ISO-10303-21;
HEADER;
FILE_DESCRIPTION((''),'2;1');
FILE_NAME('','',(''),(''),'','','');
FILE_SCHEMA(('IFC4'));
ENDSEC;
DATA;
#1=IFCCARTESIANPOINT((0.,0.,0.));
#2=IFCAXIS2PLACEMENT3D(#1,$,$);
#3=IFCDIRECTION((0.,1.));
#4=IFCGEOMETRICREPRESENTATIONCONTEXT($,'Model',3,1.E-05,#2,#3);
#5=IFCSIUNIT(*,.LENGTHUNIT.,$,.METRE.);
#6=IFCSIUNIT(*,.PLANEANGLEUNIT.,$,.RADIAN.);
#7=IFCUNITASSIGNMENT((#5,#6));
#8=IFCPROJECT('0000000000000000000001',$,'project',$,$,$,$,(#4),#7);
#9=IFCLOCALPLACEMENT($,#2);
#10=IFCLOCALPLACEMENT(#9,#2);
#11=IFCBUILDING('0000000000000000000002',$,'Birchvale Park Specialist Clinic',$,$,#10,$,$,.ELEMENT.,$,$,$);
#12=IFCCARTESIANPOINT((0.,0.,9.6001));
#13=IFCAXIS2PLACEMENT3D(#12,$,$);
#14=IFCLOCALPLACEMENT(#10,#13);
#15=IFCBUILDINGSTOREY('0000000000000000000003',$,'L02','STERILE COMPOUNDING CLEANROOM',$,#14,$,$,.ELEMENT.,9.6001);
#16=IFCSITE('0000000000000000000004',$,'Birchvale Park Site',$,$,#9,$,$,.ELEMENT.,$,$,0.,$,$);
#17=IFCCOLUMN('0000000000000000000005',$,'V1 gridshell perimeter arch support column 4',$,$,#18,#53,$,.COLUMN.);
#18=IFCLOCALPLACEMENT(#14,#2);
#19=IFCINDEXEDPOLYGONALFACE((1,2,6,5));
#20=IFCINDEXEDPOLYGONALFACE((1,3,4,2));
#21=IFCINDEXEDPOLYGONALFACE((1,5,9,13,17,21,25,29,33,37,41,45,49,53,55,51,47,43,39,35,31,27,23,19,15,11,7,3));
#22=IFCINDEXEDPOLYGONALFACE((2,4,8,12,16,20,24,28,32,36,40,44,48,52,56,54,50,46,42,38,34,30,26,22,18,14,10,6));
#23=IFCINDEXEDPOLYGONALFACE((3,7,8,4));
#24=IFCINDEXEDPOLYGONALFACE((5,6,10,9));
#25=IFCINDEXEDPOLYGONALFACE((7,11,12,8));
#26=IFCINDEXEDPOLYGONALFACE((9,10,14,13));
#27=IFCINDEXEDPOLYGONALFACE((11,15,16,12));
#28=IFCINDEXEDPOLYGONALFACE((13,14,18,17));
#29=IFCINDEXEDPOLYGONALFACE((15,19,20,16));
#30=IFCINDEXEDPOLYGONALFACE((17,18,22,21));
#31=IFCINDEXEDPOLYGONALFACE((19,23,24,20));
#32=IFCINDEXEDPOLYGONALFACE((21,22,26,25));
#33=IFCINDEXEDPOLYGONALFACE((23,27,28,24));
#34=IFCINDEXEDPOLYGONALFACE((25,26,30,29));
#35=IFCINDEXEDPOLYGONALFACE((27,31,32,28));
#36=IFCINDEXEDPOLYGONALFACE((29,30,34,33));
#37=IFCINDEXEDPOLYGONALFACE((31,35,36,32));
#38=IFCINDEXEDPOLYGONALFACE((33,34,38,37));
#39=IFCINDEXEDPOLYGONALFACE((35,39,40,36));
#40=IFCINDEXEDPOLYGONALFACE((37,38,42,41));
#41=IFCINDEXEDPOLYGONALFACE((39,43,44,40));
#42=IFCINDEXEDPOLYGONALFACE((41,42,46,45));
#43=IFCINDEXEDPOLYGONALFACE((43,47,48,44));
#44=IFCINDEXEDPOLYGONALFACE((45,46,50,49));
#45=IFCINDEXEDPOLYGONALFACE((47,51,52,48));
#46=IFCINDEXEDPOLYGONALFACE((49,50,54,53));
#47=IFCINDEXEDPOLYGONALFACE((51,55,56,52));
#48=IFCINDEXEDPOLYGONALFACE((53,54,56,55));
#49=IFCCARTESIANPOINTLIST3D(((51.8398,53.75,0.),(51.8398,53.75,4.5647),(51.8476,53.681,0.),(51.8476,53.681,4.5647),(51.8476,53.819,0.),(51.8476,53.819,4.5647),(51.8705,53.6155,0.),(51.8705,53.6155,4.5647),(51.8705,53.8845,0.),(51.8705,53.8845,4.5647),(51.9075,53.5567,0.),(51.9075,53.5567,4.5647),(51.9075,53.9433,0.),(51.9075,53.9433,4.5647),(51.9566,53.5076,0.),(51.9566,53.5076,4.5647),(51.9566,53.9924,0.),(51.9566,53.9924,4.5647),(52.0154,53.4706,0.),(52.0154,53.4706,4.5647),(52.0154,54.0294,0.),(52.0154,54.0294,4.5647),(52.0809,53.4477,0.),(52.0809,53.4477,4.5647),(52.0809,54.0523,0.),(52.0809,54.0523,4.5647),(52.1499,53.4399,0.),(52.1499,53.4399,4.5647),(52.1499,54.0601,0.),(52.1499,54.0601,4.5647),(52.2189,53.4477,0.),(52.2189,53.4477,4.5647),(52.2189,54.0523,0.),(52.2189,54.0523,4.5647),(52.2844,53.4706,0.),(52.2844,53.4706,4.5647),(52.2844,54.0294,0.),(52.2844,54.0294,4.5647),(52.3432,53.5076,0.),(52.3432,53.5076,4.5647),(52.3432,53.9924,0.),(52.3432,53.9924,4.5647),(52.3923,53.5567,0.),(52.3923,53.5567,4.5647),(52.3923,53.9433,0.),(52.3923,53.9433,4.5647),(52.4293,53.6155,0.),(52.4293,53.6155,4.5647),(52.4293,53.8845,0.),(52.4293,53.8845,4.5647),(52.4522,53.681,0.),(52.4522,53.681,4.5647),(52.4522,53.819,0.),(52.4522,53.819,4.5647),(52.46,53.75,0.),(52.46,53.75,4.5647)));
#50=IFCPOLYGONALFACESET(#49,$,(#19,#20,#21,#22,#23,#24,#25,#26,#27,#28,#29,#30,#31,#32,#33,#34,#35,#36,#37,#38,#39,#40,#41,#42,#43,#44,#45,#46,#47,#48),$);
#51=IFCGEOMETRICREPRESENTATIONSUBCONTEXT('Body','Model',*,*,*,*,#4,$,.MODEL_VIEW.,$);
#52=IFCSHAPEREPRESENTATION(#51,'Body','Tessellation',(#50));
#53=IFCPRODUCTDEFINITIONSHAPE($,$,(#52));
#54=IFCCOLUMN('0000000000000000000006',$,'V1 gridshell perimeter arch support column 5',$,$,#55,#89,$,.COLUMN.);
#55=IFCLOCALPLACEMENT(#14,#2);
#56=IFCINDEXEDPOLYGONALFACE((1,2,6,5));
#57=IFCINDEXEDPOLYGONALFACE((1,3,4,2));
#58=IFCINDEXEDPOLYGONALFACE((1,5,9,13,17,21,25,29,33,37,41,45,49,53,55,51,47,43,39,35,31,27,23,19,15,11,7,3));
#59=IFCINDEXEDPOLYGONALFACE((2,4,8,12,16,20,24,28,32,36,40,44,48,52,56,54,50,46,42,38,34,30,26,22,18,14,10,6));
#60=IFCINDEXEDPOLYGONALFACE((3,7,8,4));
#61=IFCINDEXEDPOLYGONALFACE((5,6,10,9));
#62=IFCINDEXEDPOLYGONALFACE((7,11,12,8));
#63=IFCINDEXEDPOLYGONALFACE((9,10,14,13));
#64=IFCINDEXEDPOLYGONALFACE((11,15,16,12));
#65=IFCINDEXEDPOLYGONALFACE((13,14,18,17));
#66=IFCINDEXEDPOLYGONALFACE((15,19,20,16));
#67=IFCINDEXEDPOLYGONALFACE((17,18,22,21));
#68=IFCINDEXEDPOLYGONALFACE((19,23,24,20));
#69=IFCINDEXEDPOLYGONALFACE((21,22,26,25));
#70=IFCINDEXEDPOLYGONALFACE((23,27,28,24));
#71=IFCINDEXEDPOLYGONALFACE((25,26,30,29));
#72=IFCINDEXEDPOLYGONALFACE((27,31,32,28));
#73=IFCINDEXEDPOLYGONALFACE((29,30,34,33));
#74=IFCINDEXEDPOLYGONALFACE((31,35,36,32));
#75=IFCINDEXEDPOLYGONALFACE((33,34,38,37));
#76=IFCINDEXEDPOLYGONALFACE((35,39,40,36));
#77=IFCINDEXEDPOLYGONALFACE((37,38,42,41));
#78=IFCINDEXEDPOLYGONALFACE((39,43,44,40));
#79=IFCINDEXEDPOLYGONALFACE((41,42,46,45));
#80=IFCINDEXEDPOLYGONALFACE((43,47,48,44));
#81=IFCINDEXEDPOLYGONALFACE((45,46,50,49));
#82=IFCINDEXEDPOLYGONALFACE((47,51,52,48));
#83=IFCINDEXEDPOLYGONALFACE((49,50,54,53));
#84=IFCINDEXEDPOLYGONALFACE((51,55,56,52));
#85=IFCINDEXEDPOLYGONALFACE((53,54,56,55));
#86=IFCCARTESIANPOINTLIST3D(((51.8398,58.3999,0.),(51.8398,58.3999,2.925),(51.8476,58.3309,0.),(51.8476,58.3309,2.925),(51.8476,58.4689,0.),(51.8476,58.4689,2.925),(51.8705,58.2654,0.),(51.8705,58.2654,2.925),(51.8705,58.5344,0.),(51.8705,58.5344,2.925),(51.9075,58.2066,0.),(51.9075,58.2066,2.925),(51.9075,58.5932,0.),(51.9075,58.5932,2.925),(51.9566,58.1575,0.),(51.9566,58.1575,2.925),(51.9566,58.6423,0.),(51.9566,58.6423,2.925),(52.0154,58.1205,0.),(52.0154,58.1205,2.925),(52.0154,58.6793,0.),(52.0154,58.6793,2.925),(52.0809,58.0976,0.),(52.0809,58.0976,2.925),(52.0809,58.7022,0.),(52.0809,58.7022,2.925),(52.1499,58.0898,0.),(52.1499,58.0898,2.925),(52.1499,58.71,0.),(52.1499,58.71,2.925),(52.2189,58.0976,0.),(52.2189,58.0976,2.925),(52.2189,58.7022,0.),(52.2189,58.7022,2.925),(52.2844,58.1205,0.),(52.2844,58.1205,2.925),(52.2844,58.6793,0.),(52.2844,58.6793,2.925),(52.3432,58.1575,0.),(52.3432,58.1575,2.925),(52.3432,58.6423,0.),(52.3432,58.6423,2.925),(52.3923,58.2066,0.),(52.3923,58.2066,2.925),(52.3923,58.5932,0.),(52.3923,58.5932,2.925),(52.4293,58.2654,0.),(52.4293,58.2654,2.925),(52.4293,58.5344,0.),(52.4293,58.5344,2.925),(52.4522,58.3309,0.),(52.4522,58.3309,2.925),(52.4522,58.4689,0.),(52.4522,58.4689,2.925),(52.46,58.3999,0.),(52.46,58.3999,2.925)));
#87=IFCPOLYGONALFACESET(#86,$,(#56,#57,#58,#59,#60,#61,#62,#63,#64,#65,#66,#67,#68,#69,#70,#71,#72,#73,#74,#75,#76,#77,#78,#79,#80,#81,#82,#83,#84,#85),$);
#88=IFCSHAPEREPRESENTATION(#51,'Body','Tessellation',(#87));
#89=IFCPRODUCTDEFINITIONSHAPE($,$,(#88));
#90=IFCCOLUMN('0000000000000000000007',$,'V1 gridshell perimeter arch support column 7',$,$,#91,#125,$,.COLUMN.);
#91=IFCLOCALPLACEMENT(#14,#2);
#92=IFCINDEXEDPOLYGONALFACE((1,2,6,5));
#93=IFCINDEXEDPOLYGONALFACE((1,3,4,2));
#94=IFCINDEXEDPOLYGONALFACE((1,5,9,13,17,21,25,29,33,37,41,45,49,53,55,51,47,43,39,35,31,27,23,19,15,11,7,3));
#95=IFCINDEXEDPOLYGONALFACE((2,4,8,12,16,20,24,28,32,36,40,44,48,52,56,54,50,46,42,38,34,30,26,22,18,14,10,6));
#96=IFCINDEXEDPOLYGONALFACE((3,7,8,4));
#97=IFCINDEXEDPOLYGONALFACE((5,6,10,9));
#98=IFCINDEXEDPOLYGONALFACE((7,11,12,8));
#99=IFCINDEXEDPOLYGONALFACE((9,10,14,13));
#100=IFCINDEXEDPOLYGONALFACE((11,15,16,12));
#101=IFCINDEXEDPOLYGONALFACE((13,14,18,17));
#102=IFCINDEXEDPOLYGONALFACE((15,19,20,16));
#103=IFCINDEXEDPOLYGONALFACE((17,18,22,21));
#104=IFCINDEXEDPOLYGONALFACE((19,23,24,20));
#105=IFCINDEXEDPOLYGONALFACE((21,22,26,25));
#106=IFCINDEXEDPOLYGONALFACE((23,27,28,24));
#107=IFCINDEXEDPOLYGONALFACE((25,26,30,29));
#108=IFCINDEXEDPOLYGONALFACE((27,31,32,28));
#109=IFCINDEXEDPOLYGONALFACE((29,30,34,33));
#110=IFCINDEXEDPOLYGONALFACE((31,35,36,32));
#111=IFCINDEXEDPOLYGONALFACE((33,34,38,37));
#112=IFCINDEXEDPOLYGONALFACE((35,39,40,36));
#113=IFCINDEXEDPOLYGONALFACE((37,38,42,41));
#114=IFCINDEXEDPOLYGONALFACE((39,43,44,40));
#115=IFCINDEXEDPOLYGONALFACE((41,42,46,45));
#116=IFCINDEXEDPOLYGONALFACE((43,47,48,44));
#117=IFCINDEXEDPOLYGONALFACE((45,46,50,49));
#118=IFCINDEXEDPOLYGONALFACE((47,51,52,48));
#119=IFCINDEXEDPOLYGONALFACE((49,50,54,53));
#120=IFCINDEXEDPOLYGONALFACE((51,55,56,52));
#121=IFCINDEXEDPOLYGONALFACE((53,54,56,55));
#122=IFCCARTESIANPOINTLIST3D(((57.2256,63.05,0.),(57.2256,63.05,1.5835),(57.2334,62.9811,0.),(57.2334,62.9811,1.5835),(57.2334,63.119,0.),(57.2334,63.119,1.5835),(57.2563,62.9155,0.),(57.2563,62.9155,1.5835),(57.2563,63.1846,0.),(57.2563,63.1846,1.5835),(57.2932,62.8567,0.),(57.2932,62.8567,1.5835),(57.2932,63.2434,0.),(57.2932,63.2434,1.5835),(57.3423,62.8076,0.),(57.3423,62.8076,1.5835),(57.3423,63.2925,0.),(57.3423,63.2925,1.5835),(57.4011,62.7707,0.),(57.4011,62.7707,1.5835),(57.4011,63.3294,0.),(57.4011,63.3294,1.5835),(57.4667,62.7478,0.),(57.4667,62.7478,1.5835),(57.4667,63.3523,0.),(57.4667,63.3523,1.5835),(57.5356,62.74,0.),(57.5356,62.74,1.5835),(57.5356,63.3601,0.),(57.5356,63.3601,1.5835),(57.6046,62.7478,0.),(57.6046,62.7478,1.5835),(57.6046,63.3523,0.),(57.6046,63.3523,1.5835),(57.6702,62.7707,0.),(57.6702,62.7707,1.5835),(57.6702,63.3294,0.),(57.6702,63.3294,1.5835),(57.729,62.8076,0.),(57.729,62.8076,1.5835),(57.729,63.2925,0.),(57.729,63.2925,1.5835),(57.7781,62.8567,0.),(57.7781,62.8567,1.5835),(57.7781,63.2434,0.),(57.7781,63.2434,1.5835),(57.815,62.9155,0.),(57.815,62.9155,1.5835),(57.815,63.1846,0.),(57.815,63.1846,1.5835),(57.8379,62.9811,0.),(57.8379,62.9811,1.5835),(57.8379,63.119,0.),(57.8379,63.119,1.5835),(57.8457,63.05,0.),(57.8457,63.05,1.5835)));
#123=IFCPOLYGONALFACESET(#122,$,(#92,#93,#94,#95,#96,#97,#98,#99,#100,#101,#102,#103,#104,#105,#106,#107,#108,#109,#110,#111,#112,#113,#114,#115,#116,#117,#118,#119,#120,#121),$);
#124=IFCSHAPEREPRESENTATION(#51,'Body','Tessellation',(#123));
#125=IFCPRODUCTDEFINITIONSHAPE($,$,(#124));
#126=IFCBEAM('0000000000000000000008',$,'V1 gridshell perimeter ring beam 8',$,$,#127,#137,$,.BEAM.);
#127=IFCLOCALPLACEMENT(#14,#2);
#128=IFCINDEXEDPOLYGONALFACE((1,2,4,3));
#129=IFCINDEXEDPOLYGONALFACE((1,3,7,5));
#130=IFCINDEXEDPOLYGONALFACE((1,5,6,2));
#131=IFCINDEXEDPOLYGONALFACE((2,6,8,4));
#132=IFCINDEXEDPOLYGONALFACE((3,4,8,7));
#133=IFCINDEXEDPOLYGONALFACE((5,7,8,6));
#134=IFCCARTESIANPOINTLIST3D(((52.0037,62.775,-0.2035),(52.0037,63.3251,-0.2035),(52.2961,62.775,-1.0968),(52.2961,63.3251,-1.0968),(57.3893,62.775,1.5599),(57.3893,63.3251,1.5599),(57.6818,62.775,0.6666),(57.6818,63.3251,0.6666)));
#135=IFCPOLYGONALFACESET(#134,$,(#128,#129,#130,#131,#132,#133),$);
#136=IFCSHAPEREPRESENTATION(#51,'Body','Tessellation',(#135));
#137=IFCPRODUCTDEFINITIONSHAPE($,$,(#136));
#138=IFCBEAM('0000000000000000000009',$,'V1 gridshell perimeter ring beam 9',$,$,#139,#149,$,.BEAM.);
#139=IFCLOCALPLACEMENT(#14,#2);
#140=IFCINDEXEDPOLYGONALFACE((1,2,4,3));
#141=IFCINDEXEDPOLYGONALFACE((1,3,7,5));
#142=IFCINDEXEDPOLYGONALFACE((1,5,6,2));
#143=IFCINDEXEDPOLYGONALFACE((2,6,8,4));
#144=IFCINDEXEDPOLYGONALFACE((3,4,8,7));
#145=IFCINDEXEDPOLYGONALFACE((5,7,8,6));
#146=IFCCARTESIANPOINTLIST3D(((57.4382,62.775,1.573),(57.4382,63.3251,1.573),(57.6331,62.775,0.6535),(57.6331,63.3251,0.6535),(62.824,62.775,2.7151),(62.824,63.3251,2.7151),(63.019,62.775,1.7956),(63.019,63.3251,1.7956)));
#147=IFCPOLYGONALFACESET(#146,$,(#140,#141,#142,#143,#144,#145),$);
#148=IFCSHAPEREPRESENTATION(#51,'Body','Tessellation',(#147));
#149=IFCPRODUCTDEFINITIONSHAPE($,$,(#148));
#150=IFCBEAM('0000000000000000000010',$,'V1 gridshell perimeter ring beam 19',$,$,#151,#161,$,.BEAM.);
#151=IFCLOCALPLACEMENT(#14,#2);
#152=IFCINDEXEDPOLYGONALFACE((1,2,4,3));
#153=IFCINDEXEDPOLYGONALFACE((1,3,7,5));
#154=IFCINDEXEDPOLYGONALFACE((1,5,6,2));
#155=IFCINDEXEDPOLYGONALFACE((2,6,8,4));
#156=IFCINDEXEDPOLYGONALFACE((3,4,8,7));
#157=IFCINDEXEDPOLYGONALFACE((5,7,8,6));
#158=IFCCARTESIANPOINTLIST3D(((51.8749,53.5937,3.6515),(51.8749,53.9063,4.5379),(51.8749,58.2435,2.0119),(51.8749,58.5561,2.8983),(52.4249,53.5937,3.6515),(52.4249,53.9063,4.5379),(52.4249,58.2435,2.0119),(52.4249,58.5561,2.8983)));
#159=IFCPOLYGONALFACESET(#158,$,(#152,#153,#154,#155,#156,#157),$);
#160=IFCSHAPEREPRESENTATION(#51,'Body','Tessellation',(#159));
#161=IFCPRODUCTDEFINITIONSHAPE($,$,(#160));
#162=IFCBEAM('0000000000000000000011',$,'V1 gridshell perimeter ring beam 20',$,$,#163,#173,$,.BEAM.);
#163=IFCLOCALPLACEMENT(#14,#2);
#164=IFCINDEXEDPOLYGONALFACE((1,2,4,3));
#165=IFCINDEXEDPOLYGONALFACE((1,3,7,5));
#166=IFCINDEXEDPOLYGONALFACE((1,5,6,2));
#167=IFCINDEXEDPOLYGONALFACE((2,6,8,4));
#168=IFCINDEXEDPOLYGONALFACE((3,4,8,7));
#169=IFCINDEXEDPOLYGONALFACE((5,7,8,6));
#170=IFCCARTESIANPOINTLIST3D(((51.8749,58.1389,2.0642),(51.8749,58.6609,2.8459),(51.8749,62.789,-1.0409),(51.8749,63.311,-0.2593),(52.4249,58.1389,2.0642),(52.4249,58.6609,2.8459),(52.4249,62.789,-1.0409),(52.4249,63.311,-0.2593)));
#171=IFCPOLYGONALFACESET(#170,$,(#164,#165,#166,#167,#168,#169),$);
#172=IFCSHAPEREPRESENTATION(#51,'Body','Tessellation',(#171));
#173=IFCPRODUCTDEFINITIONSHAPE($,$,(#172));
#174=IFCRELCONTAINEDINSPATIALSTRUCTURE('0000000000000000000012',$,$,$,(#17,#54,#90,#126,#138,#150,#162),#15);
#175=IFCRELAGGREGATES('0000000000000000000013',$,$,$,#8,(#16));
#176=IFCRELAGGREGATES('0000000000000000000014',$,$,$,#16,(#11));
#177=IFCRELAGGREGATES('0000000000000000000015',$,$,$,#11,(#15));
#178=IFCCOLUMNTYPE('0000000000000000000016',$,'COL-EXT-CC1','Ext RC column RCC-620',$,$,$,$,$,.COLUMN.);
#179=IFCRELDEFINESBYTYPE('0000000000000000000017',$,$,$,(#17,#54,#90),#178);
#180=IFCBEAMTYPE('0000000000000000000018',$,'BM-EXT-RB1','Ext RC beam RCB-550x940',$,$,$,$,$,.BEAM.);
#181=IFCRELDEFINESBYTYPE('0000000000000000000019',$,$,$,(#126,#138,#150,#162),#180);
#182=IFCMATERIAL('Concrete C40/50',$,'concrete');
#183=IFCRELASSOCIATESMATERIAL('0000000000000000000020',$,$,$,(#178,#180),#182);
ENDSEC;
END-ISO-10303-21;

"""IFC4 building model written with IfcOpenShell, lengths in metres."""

from ifc_helpers import new_model, si_unit, direction, frame, origin, origin_2d, place, context, subcontext, project, spatial, rectangle, circle, extrude, material, material_profile, profile_set, type_object, element, save


model = new_model("IFC4")

# Units and contexts
model_context = context("Model", 3, precision=1e-05, world=origin(), true_north=direction((0.0, 1.0)))
body_context = subcontext(model_context, "Body", "Model", "MODEL_VIEW")
ifc_project = project(units=[si_unit("LENGTHUNIT", "METRE"), si_unit("PLANEANGLEUNIT", "RADIAN")], contexts=[model_context])

# Site, building, storey
site_placement = place(None, origin())
site = spatial("IfcSite", under=ifc_project, at=site_placement, Name="Birchvale Park Site", CompositionType="ELEMENT", RefElevation=0.0)
building_placement = place(site_placement, origin())
building = spatial("IfcBuilding", under=site, at=building_placement, Name="Birchvale Park Specialist Clinic", CompositionType="ELEMENT")
storey_placement = place(building_placement, frame((0.0, 0.0, 9.6001)))
storey = spatial("IfcBuildingStorey", under=building, at=storey_placement, Name="L02", Description="STERILE COMPOUNDING CLEANROOM", CompositionType="ELEMENT", Elevation=9.6001)

# Columns
ifc_material_1 = material(Name="Concrete C40/50", Category="concrete")
ifc_material_profile_1 = material_profile(ifc_material_1, circle(Radius=0.3101, at=origin_2d()), Name="RCC-620")
ifc_profile_set_1 = profile_set([ifc_material_profile_1], Name="Concrete C40/50")
column_type = type_object("IfcColumnType", Name="COL-EXT-CC1", Description="Ext RC column RCC-620", PredefinedType="COLUMN", material=ifc_profile_set_1)
column_1_placement = place(storey_placement, frame((52.1499, 53.75, 0.0), z_axis=(0.0, 0.0, 1.0), x_axis=(1.0, 0.0, 0.0)))
element("IfcColumn", 1, at=column_1_placement, inside=storey, type_object=column_type, Name="V1 gridshell perimeter arch support column 4", PredefinedType="COLUMN", context=body_context, shape_type="SweptSolid", body=[
    extrude(circle(Radius=0.3101, at=origin_2d()), origin(), (0.0, 0.0, 1.0), 4.5647),
])
column_2_placement = place(storey_placement, frame((52.1499, 58.3999, 0.0), z_axis=(0.0, 0.0, 1.0), x_axis=(1.0, 0.0, 0.0)))
element("IfcColumn", 2, at=column_2_placement, inside=storey, type_object=column_type, Name="V1 gridshell perimeter arch support column 5", PredefinedType="COLUMN", context=body_context, shape_type="SweptSolid", body=[
    extrude(circle(Radius=0.3101, at=origin_2d()), origin(), (0.0, 0.0, 1.0), 2.925),
])
column_3_placement = place(storey_placement, frame((57.5356, 63.05, 0.0), z_axis=(0.0, 0.0, 1.0), x_axis=(1.0, 0.0, 0.0)))
element("IfcColumn", 3, at=column_3_placement, inside=storey, type_object=column_type, Name="V1 gridshell perimeter arch support column 7", PredefinedType="COLUMN", context=body_context, shape_type="SweptSolid", body=[
    extrude(circle(Radius=0.3101, at=origin_2d()), origin(), (0.0, 0.0, 1.0), 1.5835),
])

# Beams
ifc_material_profile_2 = material_profile(ifc_material_1, rectangle(XDim=0.55, YDim=0.9399, at=origin_2d()), Name="RCB-550x940")
ifc_profile_set_2 = profile_set([ifc_material_profile_2], Name="Concrete C40/50")
beam_type = type_object("IfcBeamType", Name="BM-EXT-RB1", Description="Ext RC beam RCB-550x940", PredefinedType="BEAM", material=ifc_profile_set_2)
beam_1_placement = place(storey_placement, frame((52.1499, 63.05, -0.6501), z_axis=(0.950354, 0.0, 0.31117), x_axis=(0.0, 1.0, 0.0)))
element("IfcBeam", 4, at=beam_1_placement, inside=storey, type_object=beam_type, Name="V1 gridshell perimeter ring beam 8", PredefinedType="BEAM", context=body_context, shape_type="SweptSolid", body=[
    extrude(rectangle(XDim=0.55, YDim=0.9399, at=origin_2d()), origin(), (0.0, 0.0, 1.0), 5.667),
])
beam_2_placement = place(storey_placement, frame((57.5356, 63.05, 1.1133), z_axis=(0.978247, 0.0, 0.207445), x_axis=(0.0, 1.0, 0.0)))
element("IfcBeam", 5, at=beam_2_placement, inside=storey, type_object=beam_type, Name="V1 gridshell perimeter ring beam 9", PredefinedType="BEAM", context=body_context, shape_type="SweptSolid", body=[
    extrude(rectangle(XDim=0.55, YDim=0.9399, at=origin_2d()), origin(), (0.0, 0.0, 1.0), 5.5056),
])
beam_3_placement = place(storey_placement, frame((52.1499, 53.75, 4.0947), z_axis=(0.0, 0.943085, -0.332551), x_axis=(-1.0, 0.0, 0.0)))
element("IfcBeam", 6, at=beam_3_placement, inside=storey, type_object=beam_type, Name="V1 gridshell perimeter ring beam 19", PredefinedType="BEAM", context=body_context, shape_type="SweptSolid", body=[
    extrude(rectangle(XDim=0.55, YDim=0.9399, at=origin_2d()), origin(), (0.0, 0.0, 1.0), 4.9304),
])
beam_4_placement = place(storey_placement, frame((52.1499, 58.3999, 2.4551), z_axis=(0.0, 0.831627, -0.555335), x_axis=(-1.0, 0.0, 0.0)))
element("IfcBeam", 7, at=beam_4_placement, inside=storey, type_object=beam_type, Name="V1 gridshell perimeter ring beam 20", PredefinedType="BEAM", context=body_context, shape_type="SweptSolid", body=[
    extrude(rectangle(XDim=0.55, YDim=0.9399, at=origin_2d()), origin(), (0.0, 0.0, 1.0), 5.5916),
])

save(model, "model.ifc")
